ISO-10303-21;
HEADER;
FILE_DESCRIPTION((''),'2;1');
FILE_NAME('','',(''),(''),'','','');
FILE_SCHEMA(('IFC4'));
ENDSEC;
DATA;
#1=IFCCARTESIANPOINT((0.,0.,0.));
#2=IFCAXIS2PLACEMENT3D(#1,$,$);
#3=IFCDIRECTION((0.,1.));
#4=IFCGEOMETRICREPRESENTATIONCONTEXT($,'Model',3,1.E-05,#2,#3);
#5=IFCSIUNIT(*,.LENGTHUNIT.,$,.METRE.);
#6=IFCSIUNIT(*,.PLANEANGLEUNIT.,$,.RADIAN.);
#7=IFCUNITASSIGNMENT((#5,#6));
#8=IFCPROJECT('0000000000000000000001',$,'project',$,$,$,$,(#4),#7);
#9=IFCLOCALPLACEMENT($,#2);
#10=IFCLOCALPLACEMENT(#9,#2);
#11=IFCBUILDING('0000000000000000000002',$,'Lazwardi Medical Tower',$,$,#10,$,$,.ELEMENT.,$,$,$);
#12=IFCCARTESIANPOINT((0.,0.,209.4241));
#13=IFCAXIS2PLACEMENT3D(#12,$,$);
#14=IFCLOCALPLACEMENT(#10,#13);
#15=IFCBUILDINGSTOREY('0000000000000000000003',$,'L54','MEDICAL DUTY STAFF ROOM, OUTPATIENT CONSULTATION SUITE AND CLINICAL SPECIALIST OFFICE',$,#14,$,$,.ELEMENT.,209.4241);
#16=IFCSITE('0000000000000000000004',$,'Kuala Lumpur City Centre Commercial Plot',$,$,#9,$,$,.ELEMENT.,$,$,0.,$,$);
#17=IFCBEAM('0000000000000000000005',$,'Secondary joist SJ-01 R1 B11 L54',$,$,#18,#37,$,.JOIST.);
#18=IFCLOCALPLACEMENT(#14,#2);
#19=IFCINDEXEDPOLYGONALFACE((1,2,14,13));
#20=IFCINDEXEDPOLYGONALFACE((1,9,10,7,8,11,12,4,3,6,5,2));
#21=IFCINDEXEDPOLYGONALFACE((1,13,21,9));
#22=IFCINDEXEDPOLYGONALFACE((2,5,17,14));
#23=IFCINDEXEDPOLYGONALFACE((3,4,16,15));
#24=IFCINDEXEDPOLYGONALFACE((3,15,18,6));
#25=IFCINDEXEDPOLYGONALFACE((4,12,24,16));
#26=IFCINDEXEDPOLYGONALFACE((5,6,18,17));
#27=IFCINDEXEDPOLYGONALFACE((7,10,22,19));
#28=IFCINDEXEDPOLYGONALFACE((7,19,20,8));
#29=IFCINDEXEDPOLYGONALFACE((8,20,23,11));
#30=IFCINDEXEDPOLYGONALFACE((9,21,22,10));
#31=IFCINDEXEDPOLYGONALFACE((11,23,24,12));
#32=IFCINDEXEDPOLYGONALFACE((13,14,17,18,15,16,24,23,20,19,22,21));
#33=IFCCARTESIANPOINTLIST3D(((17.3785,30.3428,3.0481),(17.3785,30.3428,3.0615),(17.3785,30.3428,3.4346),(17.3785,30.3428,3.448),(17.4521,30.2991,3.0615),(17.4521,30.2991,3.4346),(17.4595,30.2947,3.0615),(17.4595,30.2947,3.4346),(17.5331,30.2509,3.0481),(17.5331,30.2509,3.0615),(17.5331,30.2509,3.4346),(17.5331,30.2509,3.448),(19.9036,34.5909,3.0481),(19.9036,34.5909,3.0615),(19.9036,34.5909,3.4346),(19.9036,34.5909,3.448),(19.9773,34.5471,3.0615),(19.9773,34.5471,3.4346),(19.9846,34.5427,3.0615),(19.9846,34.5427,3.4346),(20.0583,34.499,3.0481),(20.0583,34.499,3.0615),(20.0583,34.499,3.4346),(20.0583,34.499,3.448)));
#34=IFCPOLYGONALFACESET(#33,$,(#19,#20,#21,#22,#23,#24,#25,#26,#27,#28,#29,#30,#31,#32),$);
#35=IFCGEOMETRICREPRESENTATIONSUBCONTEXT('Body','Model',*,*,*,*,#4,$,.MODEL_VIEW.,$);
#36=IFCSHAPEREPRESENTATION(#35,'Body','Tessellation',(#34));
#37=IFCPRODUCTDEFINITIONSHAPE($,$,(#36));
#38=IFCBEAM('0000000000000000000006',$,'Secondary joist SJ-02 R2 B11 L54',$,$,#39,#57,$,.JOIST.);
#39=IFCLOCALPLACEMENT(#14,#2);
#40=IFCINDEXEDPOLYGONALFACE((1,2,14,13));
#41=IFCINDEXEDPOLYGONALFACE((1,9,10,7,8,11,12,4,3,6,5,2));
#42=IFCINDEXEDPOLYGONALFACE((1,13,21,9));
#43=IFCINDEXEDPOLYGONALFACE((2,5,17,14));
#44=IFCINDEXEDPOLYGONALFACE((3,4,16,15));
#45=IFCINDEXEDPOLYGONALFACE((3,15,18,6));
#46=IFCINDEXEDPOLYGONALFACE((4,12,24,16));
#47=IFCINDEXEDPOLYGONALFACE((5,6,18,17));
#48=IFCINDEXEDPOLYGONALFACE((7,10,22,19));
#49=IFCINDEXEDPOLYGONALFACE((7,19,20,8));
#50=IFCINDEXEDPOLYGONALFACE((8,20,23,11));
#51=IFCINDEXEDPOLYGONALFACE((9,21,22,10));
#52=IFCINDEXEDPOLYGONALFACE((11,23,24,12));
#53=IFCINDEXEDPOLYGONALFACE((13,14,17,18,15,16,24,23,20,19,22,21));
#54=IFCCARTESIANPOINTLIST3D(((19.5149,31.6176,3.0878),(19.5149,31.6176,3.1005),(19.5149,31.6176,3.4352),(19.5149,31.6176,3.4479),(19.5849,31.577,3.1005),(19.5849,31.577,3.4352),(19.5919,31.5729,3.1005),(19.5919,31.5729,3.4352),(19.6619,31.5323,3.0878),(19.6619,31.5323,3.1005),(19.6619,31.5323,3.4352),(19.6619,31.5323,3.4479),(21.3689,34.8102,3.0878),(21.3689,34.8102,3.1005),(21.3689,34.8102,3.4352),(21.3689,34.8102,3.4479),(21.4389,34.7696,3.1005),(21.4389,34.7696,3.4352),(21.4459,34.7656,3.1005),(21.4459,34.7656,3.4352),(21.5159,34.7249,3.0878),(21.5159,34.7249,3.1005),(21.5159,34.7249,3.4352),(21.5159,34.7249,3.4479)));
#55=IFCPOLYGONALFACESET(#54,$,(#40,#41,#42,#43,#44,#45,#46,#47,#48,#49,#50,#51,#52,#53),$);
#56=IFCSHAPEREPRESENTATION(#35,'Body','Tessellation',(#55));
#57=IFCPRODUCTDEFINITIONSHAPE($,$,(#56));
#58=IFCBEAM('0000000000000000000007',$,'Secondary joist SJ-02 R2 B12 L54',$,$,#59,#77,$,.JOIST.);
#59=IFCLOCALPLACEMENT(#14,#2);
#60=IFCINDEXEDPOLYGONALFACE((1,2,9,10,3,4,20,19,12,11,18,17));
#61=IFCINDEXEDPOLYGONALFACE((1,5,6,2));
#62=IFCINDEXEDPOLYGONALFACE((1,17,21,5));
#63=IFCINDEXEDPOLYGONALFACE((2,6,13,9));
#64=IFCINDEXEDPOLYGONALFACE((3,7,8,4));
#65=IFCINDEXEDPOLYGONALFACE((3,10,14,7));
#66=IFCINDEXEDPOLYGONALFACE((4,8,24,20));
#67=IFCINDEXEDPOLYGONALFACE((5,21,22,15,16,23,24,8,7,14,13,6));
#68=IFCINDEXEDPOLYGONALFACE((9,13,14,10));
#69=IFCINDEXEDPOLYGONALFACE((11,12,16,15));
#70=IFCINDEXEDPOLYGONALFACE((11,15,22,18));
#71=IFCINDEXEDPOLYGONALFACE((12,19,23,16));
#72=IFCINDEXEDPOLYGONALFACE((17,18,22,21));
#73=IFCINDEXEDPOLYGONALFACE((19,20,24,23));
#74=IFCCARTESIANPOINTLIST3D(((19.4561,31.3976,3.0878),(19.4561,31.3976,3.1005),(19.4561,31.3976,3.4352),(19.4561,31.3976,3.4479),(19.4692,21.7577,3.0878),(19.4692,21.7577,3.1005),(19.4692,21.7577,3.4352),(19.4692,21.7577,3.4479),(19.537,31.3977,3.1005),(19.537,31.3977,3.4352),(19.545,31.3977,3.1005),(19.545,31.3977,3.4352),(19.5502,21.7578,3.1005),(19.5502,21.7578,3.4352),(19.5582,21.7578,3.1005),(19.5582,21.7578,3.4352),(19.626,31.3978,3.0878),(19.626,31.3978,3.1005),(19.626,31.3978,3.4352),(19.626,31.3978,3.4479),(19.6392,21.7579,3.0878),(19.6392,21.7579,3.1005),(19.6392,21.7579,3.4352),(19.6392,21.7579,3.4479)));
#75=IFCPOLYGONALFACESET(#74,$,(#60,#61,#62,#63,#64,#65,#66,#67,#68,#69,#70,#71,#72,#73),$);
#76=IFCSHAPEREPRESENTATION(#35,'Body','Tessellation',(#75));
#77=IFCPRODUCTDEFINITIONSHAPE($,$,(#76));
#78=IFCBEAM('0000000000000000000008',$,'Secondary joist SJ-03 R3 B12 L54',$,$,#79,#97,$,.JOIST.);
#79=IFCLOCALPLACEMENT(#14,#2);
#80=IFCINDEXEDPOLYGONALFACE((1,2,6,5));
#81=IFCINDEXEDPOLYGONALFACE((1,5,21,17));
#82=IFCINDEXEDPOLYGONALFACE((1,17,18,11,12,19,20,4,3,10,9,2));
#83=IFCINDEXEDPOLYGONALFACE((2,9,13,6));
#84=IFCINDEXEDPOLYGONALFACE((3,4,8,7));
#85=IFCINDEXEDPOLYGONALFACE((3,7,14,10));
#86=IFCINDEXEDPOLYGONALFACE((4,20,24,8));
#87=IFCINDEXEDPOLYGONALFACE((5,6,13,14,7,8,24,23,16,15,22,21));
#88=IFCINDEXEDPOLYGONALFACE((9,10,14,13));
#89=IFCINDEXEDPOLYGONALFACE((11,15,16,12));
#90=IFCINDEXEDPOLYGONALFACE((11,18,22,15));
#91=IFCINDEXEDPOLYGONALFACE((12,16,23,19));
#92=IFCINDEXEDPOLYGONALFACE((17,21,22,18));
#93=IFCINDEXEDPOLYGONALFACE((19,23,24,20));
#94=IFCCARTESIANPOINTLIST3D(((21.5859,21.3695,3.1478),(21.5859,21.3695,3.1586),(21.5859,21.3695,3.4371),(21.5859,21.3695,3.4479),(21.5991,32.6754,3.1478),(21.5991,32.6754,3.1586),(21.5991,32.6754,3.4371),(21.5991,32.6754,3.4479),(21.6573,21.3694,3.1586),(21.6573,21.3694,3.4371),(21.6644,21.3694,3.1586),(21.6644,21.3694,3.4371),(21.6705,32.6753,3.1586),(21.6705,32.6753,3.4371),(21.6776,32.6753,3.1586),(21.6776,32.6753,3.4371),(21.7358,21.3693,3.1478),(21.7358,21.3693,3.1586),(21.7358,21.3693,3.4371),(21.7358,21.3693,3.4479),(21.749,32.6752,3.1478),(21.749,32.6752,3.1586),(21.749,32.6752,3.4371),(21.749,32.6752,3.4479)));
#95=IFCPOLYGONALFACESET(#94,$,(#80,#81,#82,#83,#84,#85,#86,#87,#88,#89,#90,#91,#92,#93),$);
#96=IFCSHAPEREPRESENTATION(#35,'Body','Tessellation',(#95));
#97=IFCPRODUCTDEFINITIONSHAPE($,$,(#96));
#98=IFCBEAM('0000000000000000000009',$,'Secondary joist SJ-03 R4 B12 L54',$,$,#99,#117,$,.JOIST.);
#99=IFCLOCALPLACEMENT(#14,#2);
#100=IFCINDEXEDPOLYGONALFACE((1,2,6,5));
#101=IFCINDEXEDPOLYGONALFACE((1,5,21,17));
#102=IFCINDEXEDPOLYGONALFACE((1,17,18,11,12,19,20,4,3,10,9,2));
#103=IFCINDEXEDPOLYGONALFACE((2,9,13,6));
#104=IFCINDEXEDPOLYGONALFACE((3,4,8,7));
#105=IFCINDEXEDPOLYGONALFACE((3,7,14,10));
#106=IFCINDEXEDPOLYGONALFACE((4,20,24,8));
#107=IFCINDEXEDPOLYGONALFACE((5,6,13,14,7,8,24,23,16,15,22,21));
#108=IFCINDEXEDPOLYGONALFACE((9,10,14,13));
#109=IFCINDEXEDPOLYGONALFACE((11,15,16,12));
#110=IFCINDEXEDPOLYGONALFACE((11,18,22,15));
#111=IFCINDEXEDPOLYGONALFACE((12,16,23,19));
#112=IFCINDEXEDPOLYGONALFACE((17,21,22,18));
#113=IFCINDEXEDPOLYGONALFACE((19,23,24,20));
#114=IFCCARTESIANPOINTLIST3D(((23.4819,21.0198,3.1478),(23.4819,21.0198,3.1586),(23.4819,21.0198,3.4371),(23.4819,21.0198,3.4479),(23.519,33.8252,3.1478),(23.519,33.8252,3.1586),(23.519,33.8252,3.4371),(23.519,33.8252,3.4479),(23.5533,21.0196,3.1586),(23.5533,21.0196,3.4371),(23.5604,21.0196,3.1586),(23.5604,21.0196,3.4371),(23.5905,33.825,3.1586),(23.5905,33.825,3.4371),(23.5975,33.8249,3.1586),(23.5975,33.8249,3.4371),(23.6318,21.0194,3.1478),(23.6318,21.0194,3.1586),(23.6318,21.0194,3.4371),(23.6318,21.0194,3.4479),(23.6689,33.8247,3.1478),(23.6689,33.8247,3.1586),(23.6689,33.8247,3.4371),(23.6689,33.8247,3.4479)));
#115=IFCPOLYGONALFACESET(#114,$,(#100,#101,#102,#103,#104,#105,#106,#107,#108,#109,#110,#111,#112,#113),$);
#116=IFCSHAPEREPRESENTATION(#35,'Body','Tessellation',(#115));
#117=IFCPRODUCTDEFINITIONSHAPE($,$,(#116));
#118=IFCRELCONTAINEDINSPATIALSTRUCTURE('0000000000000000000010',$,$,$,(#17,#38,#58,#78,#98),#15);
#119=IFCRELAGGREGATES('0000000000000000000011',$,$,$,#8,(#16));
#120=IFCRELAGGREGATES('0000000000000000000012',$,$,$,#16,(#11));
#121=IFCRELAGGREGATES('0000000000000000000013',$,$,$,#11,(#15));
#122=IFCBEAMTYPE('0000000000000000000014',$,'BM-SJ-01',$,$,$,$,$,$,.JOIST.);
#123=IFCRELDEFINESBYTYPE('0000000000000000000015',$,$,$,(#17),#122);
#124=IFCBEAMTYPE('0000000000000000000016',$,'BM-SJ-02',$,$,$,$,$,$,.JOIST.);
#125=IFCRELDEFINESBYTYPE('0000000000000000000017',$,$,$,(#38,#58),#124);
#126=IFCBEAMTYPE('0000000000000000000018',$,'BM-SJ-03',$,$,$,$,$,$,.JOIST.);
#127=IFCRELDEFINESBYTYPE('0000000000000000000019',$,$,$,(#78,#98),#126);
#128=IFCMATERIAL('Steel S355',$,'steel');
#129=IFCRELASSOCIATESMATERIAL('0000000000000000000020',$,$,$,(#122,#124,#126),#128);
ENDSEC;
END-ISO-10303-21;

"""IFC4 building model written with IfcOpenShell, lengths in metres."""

from ifc_helpers import new_model, si_unit, direction, frame, origin, origin_2d, place, context, subcontext, project, spatial, i_section, extrude, material, material_profile, profile_set, type_object, element, save


model = new_model("IFC4")

# Units and contexts
model_context = context("Model", 3, precision=1e-05, world=origin(), true_north=direction((0.0, 1.0)))
body_context = subcontext(model_context, "Body", "Model", "MODEL_VIEW")
ifc_project = project(units=[si_unit("LENGTHUNIT", "METRE"), si_unit("PLANEANGLEUNIT", "RADIAN")], contexts=[model_context])

# Site, building, storey
site_placement = place(None, origin())
site = spatial("IfcSite", under=ifc_project, at=site_placement, Name="Kuala Lumpur City Centre Commercial Plot", CompositionType="ELEMENT", RefElevation=0.0)
building_placement = place(site_placement, origin())
building = spatial("IfcBuilding", under=site, at=building_placement, Name="Lazwardi Medical Tower", CompositionType="ELEMENT")
storey_placement = place(building_placement, frame((0.0, 0.0, 209.4241)))
storey = spatial("IfcBuildingStorey", under=building, at=storey_placement, Name="L54", Description="MEDICAL DUTY STAFF ROOM, OUTPATIENT CONSULTATION SUITE AND CLINICAL SPECIALIST OFFICE", CompositionType="ELEMENT", Elevation=209.4241)

# Beams
ifc_material_1 = material(Name="Steel S355", Category="steel")
ifc_material_profile_1 = material_profile(ifc_material_1, i_section(OverallWidth=0.1799, OverallDepth=0.3999, WebThickness=0.0085, FlangeThickness=0.0134, at=origin_2d()), Name="IPE 400")
ifc_profile_set_1 = profile_set([ifc_material_profile_1], Name="Steel S355")
beam_type_1 = type_object("IfcBeamType", Name="BM-SJ-01", PredefinedType="JOIST", material=ifc_profile_set_1)
beam_1_placement = place(storey_placement, frame((19.981, 34.5449, 3.248), z_axis=(-0.510968, -0.8596, 0.0), x_axis=(0.8596, -0.510968, 0.0)))
element("IfcBeam", 1, at=beam_1_placement, inside=storey, type_object=beam_type_1, Name="Secondary joist SJ-01 R1 B11 L54", PredefinedType="JOIST", context=body_context, shape_type="SweptSolid", body=[
    extrude(i_section(OverallWidth=0.1799, OverallDepth=0.3999, WebThickness=0.0085, FlangeThickness=0.0134, at=origin_2d()), origin(), (0.0, 0.0, 1.0), 4.9419),
])
ifc_material_profile_2 = material_profile(ifc_material_1, i_section(OverallWidth=0.1699, OverallDepth=0.3601, WebThickness=0.0081, FlangeThickness=0.0127, at=origin_2d()), Name="IPE 360")
ifc_profile_set_2 = profile_set([ifc_material_profile_2], Name="Steel S355")
beam_type_2 = type_object("IfcBeamType", Name="BM-SJ-02", PredefinedType="JOIST", material=ifc_profile_set_2)
beam_2_placement = place(storey_placement, frame((21.4424, 34.7676, 3.2678), z_axis=(-0.50218, -0.864763, 0.0), x_axis=(0.864763, -0.50218, 0.0)))
element("IfcBeam", 2, at=beam_2_placement, inside=storey, type_object=beam_type_2, Name="Secondary joist SJ-02 R2 B11 L54", PredefinedType="JOIST", context=body_context, shape_type="SweptSolid", body=[
    extrude(i_section(OverallWidth=0.1699, OverallDepth=0.3601, WebThickness=0.0081, FlangeThickness=0.0127, at=origin_2d()), origin(), (0.0, 0.0, 1.0), 3.6919),
])
beam_3_placement = place(storey_placement, frame((19.541, 31.3977, 3.2678), z_axis=(0.001368, -0.999999, 0.0), x_axis=(0.999999, 0.001368, 0.0)))
element("IfcBeam", 3, at=beam_3_placement, inside=storey, type_object=beam_type_2, Name="Secondary joist SJ-02 R2 B12 L54", PredefinedType="JOIST", context=body_context, shape_type="SweptSolid", body=[
    extrude(i_section(OverallWidth=0.1699, OverallDepth=0.3601, WebThickness=0.0081, FlangeThickness=0.0127, at=origin_2d()), origin(), (0.0, 0.0, 1.0), 9.6399),
])
ifc_material_profile_3 = material_profile(ifc_material_1, i_section(OverallWidth=0.1499, OverallDepth=0.3, WebThickness=0.0071, FlangeThickness=0.0107, at=origin_2d()), Name="IPE 300")
ifc_profile_set_3 = profile_set([ifc_material_profile_3], Name="Steel S355")
beam_type_3 = type_object("IfcBeamType", Name="BM-SJ-03", PredefinedType="JOIST", material=ifc_profile_set_3)
beam_4_placement = place(storey_placement, frame((21.6741, 32.6753, 3.2979), z_axis=(-0.001166, -0.999999, 0.0), x_axis=(0.999999, -0.001166, 0.0)))
element("IfcBeam", 4, at=beam_4_placement, inside=storey, type_object=beam_type_3, Name="Secondary joist SJ-03 R3 B12 L54", PredefinedType="JOIST", context=body_context, shape_type="SweptSolid", body=[
    extrude(i_section(OverallWidth=0.1499, OverallDepth=0.3, WebThickness=0.0071, FlangeThickness=0.0107, at=origin_2d()), origin(), (0.0, 0.0, 1.0), 11.3059),
])
beam_5_placement = place(storey_placement, frame((23.594, 33.825, 3.2979), z_axis=(-0.002898, -0.999996, 0.0), x_axis=(0.999996, -0.002898, 0.0)))
element("IfcBeam", 5, at=beam_5_placement, inside=storey, type_object=beam_type_3, Name="Secondary joist SJ-03 R4 B12 L54", PredefinedType="JOIST", context=body_context, shape_type="SweptSolid", body=[
    extrude(i_section(OverallWidth=0.1499, OverallDepth=0.3, WebThickness=0.0071, FlangeThickness=0.0107, at=origin_2d()), origin(), (0.0, 0.0, 1.0), 12.8054),
])

save(model, "model.ifc")
